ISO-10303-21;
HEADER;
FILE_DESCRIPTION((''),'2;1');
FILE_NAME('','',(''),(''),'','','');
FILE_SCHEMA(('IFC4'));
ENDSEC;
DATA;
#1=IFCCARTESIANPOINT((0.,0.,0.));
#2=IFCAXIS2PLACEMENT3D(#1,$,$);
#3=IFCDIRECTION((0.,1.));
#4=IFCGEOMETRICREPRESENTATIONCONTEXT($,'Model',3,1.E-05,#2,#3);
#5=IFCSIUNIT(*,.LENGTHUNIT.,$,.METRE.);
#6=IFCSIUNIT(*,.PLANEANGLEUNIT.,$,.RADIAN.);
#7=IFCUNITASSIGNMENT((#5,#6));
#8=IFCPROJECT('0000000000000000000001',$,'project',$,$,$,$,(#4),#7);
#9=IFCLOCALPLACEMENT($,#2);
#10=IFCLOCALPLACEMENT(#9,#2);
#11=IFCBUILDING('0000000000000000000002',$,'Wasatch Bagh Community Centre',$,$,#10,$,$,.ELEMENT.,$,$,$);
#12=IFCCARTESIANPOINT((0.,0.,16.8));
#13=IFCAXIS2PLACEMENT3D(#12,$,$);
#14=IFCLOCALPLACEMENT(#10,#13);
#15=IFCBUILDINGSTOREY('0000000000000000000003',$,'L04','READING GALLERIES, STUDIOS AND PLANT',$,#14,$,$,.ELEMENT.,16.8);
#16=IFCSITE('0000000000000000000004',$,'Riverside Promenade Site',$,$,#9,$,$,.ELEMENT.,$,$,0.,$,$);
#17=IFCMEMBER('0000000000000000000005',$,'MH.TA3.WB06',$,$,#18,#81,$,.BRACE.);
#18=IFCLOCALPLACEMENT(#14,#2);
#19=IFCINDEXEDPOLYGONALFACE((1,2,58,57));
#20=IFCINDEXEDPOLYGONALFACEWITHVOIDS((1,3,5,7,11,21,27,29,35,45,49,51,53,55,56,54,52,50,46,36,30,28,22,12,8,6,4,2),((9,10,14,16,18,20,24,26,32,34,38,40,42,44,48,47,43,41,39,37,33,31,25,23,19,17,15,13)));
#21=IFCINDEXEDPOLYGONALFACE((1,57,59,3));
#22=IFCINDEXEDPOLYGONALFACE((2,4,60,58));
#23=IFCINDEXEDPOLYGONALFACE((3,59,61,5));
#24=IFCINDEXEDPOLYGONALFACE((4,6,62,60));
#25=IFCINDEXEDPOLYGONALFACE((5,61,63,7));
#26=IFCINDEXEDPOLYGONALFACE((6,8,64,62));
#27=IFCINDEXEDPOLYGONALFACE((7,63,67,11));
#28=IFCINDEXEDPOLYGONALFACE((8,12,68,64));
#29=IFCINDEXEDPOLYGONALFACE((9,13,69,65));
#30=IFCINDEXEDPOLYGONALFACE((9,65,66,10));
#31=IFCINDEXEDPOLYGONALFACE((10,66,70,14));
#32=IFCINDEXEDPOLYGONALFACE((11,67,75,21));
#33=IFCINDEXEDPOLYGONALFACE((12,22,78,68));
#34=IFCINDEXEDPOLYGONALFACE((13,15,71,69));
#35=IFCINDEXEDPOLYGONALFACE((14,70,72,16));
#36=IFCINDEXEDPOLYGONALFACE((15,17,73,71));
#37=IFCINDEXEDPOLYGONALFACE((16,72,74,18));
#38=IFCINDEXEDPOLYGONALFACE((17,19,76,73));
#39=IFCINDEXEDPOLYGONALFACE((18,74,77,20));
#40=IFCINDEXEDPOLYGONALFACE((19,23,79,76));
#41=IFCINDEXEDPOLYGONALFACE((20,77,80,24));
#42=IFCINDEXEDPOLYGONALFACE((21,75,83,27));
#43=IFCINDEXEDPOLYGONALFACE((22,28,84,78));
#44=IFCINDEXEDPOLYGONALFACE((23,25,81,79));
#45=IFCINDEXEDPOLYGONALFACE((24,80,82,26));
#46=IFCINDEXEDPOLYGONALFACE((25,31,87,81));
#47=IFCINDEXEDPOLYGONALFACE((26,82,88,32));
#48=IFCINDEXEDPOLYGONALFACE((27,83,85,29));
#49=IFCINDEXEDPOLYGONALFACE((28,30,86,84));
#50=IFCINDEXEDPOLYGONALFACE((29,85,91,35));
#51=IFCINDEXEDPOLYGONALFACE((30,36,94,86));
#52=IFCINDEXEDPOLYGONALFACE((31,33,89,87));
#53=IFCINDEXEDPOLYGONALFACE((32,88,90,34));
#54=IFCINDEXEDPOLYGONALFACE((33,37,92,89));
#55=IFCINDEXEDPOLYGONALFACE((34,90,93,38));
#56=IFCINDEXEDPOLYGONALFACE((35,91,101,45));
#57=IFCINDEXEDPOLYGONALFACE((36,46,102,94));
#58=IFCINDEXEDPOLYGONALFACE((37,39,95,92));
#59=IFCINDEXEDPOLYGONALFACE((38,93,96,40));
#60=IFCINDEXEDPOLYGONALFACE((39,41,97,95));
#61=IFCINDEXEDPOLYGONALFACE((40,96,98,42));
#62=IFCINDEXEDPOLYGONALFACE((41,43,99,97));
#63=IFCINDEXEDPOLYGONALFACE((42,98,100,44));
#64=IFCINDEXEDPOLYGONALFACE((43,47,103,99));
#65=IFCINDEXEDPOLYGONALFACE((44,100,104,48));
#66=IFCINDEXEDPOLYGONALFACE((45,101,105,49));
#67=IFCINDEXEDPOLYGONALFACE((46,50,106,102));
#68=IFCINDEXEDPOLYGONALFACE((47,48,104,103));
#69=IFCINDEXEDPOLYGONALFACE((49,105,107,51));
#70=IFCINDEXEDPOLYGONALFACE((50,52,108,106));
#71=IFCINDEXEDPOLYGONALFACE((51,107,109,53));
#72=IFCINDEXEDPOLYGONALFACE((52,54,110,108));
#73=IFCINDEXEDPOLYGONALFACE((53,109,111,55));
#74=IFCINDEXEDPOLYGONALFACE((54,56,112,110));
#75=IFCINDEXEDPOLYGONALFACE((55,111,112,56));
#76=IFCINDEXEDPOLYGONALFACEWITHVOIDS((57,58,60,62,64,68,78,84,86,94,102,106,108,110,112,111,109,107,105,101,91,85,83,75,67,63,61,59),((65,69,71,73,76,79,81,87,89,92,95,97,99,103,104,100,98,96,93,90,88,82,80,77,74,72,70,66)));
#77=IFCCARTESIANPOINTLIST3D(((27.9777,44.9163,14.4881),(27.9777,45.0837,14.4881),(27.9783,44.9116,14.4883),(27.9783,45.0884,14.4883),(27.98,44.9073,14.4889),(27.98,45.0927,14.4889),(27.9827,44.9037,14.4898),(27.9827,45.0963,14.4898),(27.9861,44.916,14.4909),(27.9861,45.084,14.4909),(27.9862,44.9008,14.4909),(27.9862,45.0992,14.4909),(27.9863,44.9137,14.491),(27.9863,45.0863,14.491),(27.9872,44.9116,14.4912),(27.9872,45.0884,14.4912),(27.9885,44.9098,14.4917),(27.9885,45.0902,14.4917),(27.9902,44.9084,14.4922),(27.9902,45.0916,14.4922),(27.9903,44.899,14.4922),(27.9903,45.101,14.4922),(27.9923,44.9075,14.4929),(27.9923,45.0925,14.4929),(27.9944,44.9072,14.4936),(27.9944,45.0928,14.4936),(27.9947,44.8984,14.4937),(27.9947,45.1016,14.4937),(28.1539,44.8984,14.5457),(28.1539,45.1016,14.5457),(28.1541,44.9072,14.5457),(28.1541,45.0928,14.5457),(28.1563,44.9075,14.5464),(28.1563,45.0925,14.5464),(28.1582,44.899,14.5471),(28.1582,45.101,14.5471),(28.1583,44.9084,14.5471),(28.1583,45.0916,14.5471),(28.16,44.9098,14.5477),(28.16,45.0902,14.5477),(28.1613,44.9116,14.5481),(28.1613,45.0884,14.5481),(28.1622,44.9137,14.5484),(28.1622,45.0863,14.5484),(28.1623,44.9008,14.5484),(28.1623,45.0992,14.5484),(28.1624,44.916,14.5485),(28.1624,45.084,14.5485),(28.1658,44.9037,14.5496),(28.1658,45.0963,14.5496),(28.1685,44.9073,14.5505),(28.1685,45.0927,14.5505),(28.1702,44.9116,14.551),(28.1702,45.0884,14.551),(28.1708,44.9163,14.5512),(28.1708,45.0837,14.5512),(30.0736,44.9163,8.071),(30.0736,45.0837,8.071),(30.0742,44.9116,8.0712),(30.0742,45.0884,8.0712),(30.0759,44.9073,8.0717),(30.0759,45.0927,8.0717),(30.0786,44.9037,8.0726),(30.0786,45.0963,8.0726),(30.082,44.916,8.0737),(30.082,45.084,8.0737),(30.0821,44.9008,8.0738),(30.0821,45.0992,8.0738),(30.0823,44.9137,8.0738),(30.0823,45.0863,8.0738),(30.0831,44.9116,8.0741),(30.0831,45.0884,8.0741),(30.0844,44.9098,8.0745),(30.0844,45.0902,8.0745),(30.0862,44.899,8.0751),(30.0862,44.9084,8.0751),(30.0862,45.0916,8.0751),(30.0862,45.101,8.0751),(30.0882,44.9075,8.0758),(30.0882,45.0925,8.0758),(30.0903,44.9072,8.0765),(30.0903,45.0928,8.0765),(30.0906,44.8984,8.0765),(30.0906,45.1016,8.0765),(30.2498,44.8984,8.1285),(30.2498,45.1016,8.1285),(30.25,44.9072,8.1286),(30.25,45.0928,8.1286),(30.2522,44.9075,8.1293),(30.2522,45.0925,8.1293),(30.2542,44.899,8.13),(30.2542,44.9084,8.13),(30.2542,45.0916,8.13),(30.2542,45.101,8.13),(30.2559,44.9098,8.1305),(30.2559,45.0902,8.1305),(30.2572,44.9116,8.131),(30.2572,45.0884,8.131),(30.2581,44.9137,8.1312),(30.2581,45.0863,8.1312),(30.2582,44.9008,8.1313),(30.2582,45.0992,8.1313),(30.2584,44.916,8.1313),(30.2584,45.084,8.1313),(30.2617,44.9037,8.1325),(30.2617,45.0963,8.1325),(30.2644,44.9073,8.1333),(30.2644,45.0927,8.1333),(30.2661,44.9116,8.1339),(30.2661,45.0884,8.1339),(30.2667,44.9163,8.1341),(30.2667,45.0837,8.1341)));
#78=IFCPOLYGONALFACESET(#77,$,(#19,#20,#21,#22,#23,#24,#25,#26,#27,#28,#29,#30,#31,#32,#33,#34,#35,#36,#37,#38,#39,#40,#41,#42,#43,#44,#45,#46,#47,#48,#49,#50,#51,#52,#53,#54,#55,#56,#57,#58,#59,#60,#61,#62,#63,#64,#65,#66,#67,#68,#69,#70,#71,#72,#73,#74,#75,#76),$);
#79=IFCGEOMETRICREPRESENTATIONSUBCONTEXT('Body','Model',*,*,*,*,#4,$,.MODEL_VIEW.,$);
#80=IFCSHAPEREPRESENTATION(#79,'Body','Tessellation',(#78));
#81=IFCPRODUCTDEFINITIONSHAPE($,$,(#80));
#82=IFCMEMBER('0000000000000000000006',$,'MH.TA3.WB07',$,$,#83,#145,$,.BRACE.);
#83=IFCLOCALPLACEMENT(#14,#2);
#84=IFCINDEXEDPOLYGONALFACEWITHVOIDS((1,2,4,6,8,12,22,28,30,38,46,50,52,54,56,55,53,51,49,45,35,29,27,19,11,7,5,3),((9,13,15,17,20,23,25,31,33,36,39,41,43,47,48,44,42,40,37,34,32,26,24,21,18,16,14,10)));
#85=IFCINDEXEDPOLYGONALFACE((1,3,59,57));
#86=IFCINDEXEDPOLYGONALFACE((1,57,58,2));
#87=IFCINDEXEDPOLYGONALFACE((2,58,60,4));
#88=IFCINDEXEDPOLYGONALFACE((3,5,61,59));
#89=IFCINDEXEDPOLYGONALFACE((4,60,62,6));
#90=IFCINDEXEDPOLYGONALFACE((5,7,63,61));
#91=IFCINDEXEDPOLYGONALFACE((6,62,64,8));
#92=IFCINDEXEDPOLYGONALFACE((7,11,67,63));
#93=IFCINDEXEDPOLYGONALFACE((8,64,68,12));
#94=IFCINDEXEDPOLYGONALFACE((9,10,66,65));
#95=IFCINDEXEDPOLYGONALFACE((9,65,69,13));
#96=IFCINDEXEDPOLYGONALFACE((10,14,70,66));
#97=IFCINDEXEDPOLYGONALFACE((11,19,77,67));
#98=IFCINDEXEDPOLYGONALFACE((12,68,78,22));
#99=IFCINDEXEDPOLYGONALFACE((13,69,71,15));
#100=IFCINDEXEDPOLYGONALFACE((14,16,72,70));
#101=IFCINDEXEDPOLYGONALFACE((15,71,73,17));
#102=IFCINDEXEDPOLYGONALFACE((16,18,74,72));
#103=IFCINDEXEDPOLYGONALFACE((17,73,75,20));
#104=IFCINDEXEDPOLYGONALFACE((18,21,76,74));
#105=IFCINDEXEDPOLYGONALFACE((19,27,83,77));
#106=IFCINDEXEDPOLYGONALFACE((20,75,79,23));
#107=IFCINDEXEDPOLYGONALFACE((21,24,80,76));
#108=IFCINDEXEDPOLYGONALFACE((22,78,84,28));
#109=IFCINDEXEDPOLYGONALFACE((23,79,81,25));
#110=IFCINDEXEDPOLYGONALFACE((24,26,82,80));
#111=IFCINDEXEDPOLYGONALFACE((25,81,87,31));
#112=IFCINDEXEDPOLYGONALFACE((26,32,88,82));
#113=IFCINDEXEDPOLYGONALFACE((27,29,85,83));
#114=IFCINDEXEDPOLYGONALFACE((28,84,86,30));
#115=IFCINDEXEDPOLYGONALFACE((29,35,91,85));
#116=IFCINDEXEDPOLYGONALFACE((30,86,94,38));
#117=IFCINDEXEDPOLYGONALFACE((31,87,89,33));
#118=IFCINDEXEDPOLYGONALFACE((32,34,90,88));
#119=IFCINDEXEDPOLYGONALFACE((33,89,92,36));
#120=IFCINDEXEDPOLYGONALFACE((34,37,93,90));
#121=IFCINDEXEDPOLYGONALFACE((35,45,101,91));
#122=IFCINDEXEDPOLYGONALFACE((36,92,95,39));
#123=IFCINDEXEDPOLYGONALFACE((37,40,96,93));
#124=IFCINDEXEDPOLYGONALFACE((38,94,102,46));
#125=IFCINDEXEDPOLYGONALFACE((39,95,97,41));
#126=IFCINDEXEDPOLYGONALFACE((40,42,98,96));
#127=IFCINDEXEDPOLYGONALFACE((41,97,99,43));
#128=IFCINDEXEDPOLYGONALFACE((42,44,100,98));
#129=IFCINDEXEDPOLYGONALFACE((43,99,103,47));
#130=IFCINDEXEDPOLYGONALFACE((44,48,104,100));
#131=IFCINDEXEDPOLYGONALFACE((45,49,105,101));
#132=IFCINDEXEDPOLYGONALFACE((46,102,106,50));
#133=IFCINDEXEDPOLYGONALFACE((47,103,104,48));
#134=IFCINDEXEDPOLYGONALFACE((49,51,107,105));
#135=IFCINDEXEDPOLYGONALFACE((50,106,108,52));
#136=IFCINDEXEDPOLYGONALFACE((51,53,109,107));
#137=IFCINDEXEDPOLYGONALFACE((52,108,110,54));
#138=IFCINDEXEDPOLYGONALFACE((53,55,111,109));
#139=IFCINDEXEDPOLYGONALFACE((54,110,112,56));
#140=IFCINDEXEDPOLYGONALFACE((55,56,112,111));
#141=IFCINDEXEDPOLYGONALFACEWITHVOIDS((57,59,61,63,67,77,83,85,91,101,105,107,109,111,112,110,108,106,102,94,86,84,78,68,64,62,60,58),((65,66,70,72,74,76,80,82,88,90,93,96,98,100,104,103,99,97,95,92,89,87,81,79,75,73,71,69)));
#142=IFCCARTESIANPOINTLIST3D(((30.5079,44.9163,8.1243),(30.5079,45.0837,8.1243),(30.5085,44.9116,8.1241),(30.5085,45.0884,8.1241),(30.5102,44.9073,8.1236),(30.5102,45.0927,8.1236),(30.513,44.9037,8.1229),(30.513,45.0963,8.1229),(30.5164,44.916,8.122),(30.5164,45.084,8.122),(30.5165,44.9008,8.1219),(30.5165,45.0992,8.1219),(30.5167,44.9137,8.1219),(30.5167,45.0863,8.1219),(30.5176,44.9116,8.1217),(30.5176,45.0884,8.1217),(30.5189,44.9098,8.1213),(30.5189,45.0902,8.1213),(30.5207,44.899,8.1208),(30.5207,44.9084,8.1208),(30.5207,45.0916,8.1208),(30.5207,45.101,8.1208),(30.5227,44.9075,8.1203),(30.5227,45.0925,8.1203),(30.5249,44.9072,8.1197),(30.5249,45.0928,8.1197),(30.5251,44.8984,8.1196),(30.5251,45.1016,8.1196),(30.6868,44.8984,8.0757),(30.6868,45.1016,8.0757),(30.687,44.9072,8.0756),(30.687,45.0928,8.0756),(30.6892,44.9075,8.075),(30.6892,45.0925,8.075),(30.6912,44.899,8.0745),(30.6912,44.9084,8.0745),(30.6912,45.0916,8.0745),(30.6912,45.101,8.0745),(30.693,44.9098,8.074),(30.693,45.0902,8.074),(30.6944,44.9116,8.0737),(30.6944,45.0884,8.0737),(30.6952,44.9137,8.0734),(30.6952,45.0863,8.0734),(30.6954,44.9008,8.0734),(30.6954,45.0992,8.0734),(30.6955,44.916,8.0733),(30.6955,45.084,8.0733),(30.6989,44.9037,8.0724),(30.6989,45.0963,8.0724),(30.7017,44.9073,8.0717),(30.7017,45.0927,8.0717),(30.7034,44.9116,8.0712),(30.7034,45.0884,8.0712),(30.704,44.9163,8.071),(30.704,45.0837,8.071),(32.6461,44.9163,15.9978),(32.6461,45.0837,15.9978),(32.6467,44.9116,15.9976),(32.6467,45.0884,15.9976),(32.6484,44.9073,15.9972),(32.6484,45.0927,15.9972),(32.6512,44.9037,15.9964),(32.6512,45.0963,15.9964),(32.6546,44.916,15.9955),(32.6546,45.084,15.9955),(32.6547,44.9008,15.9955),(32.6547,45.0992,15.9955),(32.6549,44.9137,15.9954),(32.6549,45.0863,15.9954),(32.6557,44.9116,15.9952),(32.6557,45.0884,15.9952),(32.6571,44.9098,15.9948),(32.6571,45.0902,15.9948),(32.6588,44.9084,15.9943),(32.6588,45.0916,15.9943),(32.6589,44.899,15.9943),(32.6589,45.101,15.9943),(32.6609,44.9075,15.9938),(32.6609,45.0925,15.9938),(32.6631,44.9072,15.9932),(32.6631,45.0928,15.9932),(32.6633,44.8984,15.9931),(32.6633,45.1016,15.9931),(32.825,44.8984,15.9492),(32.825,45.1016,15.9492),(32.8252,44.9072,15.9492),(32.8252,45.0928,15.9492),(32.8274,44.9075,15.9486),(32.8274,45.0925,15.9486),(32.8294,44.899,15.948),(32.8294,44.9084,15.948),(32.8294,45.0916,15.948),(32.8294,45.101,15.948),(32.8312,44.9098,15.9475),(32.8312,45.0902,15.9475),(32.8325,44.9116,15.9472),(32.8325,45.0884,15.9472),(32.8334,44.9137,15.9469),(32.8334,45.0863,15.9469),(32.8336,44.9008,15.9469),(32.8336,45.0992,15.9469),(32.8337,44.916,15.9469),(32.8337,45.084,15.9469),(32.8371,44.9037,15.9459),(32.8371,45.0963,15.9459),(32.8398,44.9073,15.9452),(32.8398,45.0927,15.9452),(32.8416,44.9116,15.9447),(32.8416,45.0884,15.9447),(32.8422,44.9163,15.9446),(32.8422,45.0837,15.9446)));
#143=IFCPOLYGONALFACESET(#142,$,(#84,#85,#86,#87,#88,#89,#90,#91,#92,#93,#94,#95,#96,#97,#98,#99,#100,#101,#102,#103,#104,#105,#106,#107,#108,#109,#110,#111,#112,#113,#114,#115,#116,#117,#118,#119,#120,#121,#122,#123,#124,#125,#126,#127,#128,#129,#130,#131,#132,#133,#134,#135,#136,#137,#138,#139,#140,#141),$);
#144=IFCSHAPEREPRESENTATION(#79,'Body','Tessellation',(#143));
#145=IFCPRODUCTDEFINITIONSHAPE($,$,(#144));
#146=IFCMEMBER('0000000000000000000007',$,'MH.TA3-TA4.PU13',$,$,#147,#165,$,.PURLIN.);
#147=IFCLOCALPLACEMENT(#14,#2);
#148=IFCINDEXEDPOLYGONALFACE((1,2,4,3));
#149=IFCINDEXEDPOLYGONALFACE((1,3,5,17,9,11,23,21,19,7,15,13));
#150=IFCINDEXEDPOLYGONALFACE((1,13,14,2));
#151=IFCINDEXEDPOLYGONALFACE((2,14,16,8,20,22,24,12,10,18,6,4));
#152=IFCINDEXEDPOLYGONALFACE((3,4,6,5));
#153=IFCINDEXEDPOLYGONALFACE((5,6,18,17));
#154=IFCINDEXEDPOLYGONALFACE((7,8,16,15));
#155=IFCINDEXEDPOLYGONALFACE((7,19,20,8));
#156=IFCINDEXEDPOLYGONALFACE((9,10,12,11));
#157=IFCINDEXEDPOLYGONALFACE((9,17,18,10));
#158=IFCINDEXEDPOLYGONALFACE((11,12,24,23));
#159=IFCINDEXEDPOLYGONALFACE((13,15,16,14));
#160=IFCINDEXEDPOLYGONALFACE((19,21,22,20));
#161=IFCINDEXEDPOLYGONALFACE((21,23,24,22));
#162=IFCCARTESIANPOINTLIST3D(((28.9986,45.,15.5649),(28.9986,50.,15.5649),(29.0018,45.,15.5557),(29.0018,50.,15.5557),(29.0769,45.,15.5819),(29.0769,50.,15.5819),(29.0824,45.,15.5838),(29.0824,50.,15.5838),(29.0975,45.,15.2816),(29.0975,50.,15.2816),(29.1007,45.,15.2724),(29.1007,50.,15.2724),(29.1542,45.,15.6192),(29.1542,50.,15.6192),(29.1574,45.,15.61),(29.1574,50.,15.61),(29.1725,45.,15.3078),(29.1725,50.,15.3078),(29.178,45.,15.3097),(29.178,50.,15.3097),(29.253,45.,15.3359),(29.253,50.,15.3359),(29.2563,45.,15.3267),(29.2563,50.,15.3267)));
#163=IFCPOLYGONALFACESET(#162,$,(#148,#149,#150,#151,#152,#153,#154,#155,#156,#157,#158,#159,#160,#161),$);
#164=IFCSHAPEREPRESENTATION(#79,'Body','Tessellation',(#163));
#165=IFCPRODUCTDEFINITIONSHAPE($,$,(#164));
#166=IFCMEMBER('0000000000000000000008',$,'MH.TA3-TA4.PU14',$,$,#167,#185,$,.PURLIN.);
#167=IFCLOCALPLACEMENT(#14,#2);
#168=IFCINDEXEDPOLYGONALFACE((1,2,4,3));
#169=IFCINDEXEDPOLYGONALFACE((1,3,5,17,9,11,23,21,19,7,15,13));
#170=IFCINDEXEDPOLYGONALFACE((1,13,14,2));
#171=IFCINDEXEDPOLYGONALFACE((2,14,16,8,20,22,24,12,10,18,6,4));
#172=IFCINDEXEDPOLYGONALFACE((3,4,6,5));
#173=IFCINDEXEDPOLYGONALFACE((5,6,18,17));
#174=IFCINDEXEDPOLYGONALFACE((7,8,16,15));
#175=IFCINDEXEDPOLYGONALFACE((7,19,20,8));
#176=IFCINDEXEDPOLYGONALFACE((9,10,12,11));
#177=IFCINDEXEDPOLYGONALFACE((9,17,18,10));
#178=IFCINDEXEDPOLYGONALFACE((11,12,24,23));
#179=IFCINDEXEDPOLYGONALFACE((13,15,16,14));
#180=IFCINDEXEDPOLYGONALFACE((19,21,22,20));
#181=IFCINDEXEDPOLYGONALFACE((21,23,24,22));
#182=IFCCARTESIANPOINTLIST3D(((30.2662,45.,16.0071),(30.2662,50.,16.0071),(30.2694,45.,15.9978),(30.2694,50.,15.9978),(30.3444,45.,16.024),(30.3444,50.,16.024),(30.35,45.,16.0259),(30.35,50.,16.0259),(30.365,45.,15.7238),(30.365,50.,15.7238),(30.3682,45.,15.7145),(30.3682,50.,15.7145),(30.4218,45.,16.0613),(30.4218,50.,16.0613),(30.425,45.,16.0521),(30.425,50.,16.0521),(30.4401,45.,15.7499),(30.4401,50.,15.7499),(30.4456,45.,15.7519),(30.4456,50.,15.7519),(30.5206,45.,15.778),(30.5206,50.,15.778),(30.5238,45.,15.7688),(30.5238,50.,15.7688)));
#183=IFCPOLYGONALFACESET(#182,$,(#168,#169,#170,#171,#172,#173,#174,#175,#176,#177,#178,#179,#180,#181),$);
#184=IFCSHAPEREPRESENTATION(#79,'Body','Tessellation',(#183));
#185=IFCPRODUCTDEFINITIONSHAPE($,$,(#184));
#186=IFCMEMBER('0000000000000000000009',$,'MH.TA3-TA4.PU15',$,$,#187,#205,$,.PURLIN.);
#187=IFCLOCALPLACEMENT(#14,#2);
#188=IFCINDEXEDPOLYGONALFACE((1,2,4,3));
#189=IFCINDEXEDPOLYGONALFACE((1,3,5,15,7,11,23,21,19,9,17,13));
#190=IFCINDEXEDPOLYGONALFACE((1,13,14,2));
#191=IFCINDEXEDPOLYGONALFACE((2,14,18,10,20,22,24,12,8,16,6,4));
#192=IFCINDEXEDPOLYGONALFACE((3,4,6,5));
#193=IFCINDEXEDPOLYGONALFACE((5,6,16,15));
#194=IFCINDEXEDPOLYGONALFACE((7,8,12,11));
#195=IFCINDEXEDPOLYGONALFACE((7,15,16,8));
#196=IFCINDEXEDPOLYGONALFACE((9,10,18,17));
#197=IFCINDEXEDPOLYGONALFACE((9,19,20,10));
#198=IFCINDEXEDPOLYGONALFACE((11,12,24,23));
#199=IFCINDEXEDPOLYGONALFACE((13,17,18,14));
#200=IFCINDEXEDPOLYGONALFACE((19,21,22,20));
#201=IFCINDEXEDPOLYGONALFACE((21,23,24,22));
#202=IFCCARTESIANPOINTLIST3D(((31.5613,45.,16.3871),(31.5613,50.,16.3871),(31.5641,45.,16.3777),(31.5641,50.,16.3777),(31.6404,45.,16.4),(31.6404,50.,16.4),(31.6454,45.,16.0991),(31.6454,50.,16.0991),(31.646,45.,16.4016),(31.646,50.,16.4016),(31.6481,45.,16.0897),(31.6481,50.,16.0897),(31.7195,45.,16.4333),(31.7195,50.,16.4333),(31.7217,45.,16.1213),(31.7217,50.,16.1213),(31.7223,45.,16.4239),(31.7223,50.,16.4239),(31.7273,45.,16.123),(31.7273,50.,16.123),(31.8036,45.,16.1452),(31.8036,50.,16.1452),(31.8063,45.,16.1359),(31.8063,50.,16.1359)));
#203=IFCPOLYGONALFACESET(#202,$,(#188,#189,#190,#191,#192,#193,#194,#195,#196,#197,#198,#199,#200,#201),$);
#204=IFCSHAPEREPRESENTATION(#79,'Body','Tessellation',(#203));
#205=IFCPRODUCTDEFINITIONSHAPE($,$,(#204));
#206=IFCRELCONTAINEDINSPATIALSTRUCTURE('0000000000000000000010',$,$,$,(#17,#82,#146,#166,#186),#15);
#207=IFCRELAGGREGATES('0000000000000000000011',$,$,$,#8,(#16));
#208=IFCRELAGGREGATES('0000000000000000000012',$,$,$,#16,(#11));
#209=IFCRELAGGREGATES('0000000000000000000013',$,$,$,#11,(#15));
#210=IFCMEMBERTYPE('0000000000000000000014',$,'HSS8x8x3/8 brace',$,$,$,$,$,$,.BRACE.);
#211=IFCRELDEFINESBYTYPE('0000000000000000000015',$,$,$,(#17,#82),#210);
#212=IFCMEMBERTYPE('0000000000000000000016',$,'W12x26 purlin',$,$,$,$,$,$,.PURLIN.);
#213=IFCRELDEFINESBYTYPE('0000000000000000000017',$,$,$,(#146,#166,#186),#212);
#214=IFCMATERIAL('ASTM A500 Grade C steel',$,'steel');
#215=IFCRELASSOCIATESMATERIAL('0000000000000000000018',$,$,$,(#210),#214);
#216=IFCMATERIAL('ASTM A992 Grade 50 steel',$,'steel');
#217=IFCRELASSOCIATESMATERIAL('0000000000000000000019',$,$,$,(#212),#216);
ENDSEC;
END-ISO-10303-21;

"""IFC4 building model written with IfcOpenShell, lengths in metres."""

from ifc_helpers import new_model, si_unit, direction, frame, origin, origin_2d, place, context, subcontext, project, spatial, hollow_rectangle, i_section, extrude, material, material_profile, profile_set, type_object, element, save


model = new_model("IFC4")

# Units and contexts
model_context = context("Model", 3, precision=1e-05, world=origin(), true_north=direction((0.0, 1.0)))
body_context = subcontext(model_context, "Body", "Model", "MODEL_VIEW")
ifc_project = project(units=[si_unit("LENGTHUNIT", "METRE"), si_unit("PLANEANGLEUNIT", "RADIAN")], contexts=[model_context])

# Site, building, storey
site_placement = place(None, origin())
site = spatial("IfcSite", under=ifc_project, at=site_placement, Name="Riverside Promenade Site", CompositionType="ELEMENT", RefElevation=0.0)
building_placement = place(site_placement, origin())
building = spatial("IfcBuilding", under=site, at=building_placement, Name="Wasatch Bagh Community Centre", CompositionType="ELEMENT")
storey_placement = place(building_placement, frame((0.0, 0.0, 16.8)))
storey = spatial("IfcBuildingStorey", under=building, at=storey_placement, Name="L04", Description="READING GALLERIES, STUDIOS AND PLANT", CompositionType="ELEMENT", Elevation=16.8)

# Members
ifc_material_1 = material(Name="ASTM A500 Grade C steel", Category="steel")
ifc_material_profile_1 = material_profile(ifc_material_1, hollow_rectangle(XDim=0.2031, YDim=0.2031, WallThickness=0.0088, InnerFilletRadius=0.0088, OuterFilletRadius=0.0178, at=origin_2d()), Name="HSS8x8x3/8")
ifc_profile_set_1 = profile_set([ifc_material_profile_1], Name="ASTM A500 Grade C steel")
member_type_1 = type_object("IfcMemberType", Name="HSS8x8x3/8 brace", PredefinedType="BRACE", material=ifc_profile_set_1)
member_1_placement = place(storey_placement, frame((30.1702, 45.0, 8.1025), z_axis=(-0.310472, 0.0, 0.950583), x_axis=(0.0, -1.0, 0.0)))
element("IfcMember", 1, at=member_1_placement, inside=storey, type_object=member_type_1, Name="MH.TA3.WB06", PredefinedType="BRACE", context=body_context, shape_type="SweptSolid", body=[
    extrude(hollow_rectangle(XDim=0.2031, YDim=0.2031, WallThickness=0.0088, InnerFilletRadius=0.0088, OuterFilletRadius=0.0178, at=origin_2d()), origin(), (0.0, 0.0, 1.0), 6.7507),
])
member_2_placement = place(storey_placement, frame((30.606, 45.0, 8.0977), z_axis=(0.262074, 0.0, 0.965048), x_axis=(0.0, 1.0, 0.0)))
element("IfcMember", 2, at=member_2_placement, inside=storey, type_object=member_type_1, Name="MH.TA3.WB07", PredefinedType="BRACE", context=body_context, shape_type="SweptSolid", body=[
    extrude(hollow_rectangle(XDim=0.2031, YDim=0.2031, WallThickness=0.0088, InnerFilletRadius=0.0088, OuterFilletRadius=0.0178, at=origin_2d()), origin(), (0.0, 0.0, 1.0), 8.1587),
])
ifc_material_2 = material(Name="ASTM A992 Grade 50 steel", Category="steel")
ifc_material_profile_2 = material_profile(ifc_material_2, i_section(OverallWidth=0.1648, OverallDepth=0.3098, WebThickness=0.0059, FlangeThickness=0.0098, at=origin_2d()), Name="W12x26")
ifc_profile_set_2 = profile_set([ifc_material_profile_2], Name="ASTM A992 Grade 50 steel")
member_type_2 = type_object("IfcMemberType", Name="W12x26 purlin", PredefinedType="PURLIN", material=ifc_profile_set_2)
for number, where, z_axis, x_axis, name in (
    (3, (29.1274, 45.0, 15.4458), (0.0, 1.0, 0.0), (-0.944194, 0.0, -0.329389), "MH.TA3-TA4.PU13"),
    (4, (30.395, 45.0, 15.8879), (0.0, 1.0, 0.0), (-0.944194, 0.0, -0.329389), "MH.TA3-TA4.PU14"),
    (5, (31.6838, 45.0, 16.2615), (0.0, 1.0, 0.0), (-0.959938, 0.0, -0.280214), "MH.TA3-TA4.PU15"),
):
    element("IfcMember", number, at=place(storey_placement, frame(where, z_axis=z_axis, x_axis=x_axis)), inside=storey, type_object=member_type_2, Name=name, PredefinedType="PURLIN", context=body_context, shape_type="SweptSolid", body=[
        extrude(i_section(OverallWidth=0.1648, OverallDepth=0.3098, WebThickness=0.0059, FlangeThickness=0.0098, at=origin_2d()), origin(), (0.0, 0.0, 1.0), 5.0),
    ])

save(model, "model.ifc")
